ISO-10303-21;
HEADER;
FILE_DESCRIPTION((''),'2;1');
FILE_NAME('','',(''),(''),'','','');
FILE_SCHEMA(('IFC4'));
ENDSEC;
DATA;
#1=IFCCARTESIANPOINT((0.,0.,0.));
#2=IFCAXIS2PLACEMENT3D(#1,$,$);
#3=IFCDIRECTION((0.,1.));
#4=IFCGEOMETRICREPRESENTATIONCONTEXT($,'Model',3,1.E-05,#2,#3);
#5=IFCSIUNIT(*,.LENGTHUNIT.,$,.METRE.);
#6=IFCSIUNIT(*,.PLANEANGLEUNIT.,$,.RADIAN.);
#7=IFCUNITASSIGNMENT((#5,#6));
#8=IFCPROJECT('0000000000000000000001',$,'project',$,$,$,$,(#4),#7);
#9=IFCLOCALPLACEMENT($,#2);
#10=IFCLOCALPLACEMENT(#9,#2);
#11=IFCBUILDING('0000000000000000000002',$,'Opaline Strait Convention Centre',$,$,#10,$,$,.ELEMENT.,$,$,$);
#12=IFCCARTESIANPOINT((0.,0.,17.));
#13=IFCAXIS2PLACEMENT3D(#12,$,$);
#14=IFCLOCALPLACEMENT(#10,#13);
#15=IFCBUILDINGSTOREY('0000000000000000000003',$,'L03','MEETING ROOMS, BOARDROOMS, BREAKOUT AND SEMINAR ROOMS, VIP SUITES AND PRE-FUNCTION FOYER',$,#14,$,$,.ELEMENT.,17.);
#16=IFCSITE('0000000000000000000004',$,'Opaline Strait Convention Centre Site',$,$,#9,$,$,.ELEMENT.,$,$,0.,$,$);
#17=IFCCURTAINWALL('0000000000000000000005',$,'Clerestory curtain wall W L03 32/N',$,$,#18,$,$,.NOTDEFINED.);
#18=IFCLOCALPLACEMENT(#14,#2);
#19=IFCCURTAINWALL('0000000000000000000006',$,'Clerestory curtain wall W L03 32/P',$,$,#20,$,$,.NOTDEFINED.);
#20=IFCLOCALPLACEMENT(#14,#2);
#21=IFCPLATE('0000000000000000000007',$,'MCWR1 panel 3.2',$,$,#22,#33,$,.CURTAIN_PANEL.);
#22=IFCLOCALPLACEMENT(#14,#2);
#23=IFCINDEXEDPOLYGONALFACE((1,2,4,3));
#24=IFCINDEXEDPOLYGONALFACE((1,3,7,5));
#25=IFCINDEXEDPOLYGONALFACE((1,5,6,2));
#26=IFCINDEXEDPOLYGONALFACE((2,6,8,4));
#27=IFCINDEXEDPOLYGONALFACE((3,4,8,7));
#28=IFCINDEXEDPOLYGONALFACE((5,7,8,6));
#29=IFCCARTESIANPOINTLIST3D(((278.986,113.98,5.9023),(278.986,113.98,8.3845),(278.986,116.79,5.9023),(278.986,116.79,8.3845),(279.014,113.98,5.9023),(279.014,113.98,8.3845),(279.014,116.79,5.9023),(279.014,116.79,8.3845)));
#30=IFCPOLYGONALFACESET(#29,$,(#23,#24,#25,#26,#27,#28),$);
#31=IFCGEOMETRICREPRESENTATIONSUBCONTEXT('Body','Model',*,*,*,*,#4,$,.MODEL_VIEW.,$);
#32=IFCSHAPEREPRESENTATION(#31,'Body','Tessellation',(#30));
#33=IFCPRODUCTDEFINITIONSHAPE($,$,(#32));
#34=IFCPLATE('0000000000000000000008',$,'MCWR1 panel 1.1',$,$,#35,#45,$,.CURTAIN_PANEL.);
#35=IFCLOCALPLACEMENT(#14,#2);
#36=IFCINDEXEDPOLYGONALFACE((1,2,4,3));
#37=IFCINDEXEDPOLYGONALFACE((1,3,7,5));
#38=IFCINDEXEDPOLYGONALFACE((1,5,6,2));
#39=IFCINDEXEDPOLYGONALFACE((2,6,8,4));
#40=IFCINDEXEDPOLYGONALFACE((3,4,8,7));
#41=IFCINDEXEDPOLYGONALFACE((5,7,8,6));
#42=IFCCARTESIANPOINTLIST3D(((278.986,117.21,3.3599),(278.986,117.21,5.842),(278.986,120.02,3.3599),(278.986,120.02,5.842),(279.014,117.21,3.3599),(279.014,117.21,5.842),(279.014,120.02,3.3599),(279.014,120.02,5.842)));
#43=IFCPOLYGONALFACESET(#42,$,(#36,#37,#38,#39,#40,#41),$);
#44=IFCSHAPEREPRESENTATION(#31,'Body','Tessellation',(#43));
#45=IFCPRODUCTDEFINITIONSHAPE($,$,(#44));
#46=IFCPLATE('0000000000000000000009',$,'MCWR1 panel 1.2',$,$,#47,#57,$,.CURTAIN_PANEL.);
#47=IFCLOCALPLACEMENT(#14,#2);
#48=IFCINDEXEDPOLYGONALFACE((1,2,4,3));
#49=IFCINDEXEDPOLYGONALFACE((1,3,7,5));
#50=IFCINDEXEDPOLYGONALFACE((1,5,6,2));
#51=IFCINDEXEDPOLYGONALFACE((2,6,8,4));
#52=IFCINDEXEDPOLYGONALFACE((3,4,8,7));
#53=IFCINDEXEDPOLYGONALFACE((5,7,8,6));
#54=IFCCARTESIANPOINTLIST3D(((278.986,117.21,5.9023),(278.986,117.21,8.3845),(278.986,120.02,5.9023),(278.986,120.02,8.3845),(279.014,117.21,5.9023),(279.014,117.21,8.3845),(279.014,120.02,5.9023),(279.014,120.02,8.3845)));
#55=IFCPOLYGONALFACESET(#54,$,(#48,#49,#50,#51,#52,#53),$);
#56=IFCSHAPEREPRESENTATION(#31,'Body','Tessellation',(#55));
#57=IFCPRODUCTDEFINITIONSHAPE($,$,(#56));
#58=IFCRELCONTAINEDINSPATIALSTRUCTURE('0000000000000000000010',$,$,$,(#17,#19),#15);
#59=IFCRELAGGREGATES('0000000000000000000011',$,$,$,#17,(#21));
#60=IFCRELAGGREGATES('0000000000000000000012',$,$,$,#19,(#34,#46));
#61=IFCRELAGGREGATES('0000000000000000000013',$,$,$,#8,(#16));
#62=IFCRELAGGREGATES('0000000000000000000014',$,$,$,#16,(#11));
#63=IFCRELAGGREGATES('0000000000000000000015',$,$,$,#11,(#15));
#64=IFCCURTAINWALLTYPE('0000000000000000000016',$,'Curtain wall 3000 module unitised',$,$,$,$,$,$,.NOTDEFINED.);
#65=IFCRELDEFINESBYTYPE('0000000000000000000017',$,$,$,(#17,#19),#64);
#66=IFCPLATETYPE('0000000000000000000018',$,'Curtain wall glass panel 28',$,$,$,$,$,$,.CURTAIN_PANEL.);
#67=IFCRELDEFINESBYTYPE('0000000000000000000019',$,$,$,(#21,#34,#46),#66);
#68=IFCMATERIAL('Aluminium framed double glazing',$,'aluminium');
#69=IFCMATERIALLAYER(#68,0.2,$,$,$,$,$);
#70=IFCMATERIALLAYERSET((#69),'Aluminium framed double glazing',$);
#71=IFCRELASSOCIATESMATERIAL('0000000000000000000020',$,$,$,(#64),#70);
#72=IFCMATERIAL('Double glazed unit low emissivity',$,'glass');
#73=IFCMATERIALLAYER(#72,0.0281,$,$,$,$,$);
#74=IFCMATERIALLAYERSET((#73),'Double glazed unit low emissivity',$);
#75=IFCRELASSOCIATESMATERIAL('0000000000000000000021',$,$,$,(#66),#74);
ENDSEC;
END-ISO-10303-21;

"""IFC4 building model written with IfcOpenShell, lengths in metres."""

from ifc_helpers import new_model, si_unit, direction, frame, origin, origin_2d, place, context, subcontext, project, spatial, rectangle, extrude, material, layer, layer_set, type_object, element, aggregate, save


model = new_model("IFC4")

# Units and contexts
model_context = context("Model", 3, precision=1e-05, world=origin(), true_north=direction((0.0, 1.0)))
body_context = subcontext(model_context, "Body", "Model", "MODEL_VIEW")
ifc_project = project(units=[si_unit("LENGTHUNIT", "METRE"), si_unit("PLANEANGLEUNIT", "RADIAN")], contexts=[model_context])

# Site, building, storey
site_placement = place(None, origin())
site = spatial("IfcSite", under=ifc_project, at=site_placement, Name="Opaline Strait Convention Centre Site", CompositionType="ELEMENT", RefElevation=0.0)
building_placement = place(site_placement, origin())
building = spatial("IfcBuilding", under=site, at=building_placement, Name="Opaline Strait Convention Centre", CompositionType="ELEMENT")
storey_placement = place(building_placement, frame((0.0, 0.0, 17.0)))
storey = spatial("IfcBuildingStorey", under=building, at=storey_placement, Name="L03", Description="MEETING ROOMS, BOARDROOMS, BREAKOUT AND SEMINAR ROOMS, VIP SUITES AND PRE-FUNCTION FOYER", CompositionType="ELEMENT", Elevation=17.0)

# Curtain walls
ifc_material_1 = material(Name="Aluminium framed double glazing", Category="aluminium")
ifc_layer_1 = layer(ifc_material_1, 0.2)
ifc_layer_set_1 = layer_set([ifc_layer_1], Name="Aluminium framed double glazing")
curtain_wall_type = type_object("IfcCurtainWallType", Name="Curtain wall 3000 module unitised", PredefinedType="NOTDEFINED", material=ifc_layer_set_1)
curtain_wall_1_placement = place(storey_placement, origin())
curtain_wall_1 = element("IfcCurtainWall", 1, at=curtain_wall_1_placement, inside=storey, type_object=curtain_wall_type, Name="Clerestory curtain wall W L03 32/N", PredefinedType="NOTDEFINED")
curtain_wall_2_placement = place(storey_placement, origin())
curtain_wall_2 = element("IfcCurtainWall", 2, at=curtain_wall_2_placement, inside=storey, type_object=curtain_wall_type, Name="Clerestory curtain wall W L03 32/P", PredefinedType="NOTDEFINED")

# Plates
ifc_material_2 = material(Name="Double glazed unit low emissivity", Category="glass")
ifc_layer_2 = layer(ifc_material_2, 0.0281)
ifc_layer_set_2 = layer_set([ifc_layer_2], Name="Double glazed unit low emissivity")
plate_type = type_object("IfcPlateType", Name="Curtain wall glass panel 28", PredefinedType="CURTAIN_PANEL", material=ifc_layer_set_2)
plate_1_placement = place(storey_placement, frame((279.0, 115.385, 5.9023), z_axis=(0.0, 0.0, 1.0), x_axis=(0.0, 1.0, 0.0)))
plate_1 = element("IfcPlate", 3, at=plate_1_placement, type_object=plate_type, Name="MCWR1 panel 3.2", PredefinedType="CURTAIN_PANEL", context=body_context, shape_type="SweptSolid", body=[
    extrude(rectangle(XDim=2.8101, YDim=0.0281, at=origin_2d()), origin(), (0.0, 0.0, 1.0), 2.4822),
])
aggregate(curtain_wall_1, [plate_1])
plate_2_placement = place(storey_placement, frame((279.0, 118.615, 3.3599), z_axis=(0.0, 0.0, 1.0), x_axis=(0.0, 1.0, 0.0)))
plate_2 = element("IfcPlate", 4, at=plate_2_placement, type_object=plate_type, Name="MCWR1 panel 1.1", PredefinedType="CURTAIN_PANEL", context=body_context, shape_type="SweptSolid", body=[
    extrude(rectangle(XDim=2.8101, YDim=0.0281, at=origin_2d()), origin(), (0.0, 0.0, 1.0), 2.4822),
])
plate_3_placement = place(storey_placement, frame((279.0, 118.615, 5.9023), z_axis=(0.0, 0.0, 1.0), x_axis=(0.0, 1.0, 0.0)))
plate_3 = element("IfcPlate", 5, at=plate_3_placement, type_object=plate_type, Name="MCWR1 panel 1.2", PredefinedType="CURTAIN_PANEL", context=body_context, shape_type="SweptSolid", body=[
    extrude(rectangle(XDim=2.8101, YDim=0.0281, at=origin_2d()), origin(), (0.0, 0.0, 1.0), 2.4822),
])
aggregate(curtain_wall_2, [plate_2, plate_3])

save(model, "model.ifc")
